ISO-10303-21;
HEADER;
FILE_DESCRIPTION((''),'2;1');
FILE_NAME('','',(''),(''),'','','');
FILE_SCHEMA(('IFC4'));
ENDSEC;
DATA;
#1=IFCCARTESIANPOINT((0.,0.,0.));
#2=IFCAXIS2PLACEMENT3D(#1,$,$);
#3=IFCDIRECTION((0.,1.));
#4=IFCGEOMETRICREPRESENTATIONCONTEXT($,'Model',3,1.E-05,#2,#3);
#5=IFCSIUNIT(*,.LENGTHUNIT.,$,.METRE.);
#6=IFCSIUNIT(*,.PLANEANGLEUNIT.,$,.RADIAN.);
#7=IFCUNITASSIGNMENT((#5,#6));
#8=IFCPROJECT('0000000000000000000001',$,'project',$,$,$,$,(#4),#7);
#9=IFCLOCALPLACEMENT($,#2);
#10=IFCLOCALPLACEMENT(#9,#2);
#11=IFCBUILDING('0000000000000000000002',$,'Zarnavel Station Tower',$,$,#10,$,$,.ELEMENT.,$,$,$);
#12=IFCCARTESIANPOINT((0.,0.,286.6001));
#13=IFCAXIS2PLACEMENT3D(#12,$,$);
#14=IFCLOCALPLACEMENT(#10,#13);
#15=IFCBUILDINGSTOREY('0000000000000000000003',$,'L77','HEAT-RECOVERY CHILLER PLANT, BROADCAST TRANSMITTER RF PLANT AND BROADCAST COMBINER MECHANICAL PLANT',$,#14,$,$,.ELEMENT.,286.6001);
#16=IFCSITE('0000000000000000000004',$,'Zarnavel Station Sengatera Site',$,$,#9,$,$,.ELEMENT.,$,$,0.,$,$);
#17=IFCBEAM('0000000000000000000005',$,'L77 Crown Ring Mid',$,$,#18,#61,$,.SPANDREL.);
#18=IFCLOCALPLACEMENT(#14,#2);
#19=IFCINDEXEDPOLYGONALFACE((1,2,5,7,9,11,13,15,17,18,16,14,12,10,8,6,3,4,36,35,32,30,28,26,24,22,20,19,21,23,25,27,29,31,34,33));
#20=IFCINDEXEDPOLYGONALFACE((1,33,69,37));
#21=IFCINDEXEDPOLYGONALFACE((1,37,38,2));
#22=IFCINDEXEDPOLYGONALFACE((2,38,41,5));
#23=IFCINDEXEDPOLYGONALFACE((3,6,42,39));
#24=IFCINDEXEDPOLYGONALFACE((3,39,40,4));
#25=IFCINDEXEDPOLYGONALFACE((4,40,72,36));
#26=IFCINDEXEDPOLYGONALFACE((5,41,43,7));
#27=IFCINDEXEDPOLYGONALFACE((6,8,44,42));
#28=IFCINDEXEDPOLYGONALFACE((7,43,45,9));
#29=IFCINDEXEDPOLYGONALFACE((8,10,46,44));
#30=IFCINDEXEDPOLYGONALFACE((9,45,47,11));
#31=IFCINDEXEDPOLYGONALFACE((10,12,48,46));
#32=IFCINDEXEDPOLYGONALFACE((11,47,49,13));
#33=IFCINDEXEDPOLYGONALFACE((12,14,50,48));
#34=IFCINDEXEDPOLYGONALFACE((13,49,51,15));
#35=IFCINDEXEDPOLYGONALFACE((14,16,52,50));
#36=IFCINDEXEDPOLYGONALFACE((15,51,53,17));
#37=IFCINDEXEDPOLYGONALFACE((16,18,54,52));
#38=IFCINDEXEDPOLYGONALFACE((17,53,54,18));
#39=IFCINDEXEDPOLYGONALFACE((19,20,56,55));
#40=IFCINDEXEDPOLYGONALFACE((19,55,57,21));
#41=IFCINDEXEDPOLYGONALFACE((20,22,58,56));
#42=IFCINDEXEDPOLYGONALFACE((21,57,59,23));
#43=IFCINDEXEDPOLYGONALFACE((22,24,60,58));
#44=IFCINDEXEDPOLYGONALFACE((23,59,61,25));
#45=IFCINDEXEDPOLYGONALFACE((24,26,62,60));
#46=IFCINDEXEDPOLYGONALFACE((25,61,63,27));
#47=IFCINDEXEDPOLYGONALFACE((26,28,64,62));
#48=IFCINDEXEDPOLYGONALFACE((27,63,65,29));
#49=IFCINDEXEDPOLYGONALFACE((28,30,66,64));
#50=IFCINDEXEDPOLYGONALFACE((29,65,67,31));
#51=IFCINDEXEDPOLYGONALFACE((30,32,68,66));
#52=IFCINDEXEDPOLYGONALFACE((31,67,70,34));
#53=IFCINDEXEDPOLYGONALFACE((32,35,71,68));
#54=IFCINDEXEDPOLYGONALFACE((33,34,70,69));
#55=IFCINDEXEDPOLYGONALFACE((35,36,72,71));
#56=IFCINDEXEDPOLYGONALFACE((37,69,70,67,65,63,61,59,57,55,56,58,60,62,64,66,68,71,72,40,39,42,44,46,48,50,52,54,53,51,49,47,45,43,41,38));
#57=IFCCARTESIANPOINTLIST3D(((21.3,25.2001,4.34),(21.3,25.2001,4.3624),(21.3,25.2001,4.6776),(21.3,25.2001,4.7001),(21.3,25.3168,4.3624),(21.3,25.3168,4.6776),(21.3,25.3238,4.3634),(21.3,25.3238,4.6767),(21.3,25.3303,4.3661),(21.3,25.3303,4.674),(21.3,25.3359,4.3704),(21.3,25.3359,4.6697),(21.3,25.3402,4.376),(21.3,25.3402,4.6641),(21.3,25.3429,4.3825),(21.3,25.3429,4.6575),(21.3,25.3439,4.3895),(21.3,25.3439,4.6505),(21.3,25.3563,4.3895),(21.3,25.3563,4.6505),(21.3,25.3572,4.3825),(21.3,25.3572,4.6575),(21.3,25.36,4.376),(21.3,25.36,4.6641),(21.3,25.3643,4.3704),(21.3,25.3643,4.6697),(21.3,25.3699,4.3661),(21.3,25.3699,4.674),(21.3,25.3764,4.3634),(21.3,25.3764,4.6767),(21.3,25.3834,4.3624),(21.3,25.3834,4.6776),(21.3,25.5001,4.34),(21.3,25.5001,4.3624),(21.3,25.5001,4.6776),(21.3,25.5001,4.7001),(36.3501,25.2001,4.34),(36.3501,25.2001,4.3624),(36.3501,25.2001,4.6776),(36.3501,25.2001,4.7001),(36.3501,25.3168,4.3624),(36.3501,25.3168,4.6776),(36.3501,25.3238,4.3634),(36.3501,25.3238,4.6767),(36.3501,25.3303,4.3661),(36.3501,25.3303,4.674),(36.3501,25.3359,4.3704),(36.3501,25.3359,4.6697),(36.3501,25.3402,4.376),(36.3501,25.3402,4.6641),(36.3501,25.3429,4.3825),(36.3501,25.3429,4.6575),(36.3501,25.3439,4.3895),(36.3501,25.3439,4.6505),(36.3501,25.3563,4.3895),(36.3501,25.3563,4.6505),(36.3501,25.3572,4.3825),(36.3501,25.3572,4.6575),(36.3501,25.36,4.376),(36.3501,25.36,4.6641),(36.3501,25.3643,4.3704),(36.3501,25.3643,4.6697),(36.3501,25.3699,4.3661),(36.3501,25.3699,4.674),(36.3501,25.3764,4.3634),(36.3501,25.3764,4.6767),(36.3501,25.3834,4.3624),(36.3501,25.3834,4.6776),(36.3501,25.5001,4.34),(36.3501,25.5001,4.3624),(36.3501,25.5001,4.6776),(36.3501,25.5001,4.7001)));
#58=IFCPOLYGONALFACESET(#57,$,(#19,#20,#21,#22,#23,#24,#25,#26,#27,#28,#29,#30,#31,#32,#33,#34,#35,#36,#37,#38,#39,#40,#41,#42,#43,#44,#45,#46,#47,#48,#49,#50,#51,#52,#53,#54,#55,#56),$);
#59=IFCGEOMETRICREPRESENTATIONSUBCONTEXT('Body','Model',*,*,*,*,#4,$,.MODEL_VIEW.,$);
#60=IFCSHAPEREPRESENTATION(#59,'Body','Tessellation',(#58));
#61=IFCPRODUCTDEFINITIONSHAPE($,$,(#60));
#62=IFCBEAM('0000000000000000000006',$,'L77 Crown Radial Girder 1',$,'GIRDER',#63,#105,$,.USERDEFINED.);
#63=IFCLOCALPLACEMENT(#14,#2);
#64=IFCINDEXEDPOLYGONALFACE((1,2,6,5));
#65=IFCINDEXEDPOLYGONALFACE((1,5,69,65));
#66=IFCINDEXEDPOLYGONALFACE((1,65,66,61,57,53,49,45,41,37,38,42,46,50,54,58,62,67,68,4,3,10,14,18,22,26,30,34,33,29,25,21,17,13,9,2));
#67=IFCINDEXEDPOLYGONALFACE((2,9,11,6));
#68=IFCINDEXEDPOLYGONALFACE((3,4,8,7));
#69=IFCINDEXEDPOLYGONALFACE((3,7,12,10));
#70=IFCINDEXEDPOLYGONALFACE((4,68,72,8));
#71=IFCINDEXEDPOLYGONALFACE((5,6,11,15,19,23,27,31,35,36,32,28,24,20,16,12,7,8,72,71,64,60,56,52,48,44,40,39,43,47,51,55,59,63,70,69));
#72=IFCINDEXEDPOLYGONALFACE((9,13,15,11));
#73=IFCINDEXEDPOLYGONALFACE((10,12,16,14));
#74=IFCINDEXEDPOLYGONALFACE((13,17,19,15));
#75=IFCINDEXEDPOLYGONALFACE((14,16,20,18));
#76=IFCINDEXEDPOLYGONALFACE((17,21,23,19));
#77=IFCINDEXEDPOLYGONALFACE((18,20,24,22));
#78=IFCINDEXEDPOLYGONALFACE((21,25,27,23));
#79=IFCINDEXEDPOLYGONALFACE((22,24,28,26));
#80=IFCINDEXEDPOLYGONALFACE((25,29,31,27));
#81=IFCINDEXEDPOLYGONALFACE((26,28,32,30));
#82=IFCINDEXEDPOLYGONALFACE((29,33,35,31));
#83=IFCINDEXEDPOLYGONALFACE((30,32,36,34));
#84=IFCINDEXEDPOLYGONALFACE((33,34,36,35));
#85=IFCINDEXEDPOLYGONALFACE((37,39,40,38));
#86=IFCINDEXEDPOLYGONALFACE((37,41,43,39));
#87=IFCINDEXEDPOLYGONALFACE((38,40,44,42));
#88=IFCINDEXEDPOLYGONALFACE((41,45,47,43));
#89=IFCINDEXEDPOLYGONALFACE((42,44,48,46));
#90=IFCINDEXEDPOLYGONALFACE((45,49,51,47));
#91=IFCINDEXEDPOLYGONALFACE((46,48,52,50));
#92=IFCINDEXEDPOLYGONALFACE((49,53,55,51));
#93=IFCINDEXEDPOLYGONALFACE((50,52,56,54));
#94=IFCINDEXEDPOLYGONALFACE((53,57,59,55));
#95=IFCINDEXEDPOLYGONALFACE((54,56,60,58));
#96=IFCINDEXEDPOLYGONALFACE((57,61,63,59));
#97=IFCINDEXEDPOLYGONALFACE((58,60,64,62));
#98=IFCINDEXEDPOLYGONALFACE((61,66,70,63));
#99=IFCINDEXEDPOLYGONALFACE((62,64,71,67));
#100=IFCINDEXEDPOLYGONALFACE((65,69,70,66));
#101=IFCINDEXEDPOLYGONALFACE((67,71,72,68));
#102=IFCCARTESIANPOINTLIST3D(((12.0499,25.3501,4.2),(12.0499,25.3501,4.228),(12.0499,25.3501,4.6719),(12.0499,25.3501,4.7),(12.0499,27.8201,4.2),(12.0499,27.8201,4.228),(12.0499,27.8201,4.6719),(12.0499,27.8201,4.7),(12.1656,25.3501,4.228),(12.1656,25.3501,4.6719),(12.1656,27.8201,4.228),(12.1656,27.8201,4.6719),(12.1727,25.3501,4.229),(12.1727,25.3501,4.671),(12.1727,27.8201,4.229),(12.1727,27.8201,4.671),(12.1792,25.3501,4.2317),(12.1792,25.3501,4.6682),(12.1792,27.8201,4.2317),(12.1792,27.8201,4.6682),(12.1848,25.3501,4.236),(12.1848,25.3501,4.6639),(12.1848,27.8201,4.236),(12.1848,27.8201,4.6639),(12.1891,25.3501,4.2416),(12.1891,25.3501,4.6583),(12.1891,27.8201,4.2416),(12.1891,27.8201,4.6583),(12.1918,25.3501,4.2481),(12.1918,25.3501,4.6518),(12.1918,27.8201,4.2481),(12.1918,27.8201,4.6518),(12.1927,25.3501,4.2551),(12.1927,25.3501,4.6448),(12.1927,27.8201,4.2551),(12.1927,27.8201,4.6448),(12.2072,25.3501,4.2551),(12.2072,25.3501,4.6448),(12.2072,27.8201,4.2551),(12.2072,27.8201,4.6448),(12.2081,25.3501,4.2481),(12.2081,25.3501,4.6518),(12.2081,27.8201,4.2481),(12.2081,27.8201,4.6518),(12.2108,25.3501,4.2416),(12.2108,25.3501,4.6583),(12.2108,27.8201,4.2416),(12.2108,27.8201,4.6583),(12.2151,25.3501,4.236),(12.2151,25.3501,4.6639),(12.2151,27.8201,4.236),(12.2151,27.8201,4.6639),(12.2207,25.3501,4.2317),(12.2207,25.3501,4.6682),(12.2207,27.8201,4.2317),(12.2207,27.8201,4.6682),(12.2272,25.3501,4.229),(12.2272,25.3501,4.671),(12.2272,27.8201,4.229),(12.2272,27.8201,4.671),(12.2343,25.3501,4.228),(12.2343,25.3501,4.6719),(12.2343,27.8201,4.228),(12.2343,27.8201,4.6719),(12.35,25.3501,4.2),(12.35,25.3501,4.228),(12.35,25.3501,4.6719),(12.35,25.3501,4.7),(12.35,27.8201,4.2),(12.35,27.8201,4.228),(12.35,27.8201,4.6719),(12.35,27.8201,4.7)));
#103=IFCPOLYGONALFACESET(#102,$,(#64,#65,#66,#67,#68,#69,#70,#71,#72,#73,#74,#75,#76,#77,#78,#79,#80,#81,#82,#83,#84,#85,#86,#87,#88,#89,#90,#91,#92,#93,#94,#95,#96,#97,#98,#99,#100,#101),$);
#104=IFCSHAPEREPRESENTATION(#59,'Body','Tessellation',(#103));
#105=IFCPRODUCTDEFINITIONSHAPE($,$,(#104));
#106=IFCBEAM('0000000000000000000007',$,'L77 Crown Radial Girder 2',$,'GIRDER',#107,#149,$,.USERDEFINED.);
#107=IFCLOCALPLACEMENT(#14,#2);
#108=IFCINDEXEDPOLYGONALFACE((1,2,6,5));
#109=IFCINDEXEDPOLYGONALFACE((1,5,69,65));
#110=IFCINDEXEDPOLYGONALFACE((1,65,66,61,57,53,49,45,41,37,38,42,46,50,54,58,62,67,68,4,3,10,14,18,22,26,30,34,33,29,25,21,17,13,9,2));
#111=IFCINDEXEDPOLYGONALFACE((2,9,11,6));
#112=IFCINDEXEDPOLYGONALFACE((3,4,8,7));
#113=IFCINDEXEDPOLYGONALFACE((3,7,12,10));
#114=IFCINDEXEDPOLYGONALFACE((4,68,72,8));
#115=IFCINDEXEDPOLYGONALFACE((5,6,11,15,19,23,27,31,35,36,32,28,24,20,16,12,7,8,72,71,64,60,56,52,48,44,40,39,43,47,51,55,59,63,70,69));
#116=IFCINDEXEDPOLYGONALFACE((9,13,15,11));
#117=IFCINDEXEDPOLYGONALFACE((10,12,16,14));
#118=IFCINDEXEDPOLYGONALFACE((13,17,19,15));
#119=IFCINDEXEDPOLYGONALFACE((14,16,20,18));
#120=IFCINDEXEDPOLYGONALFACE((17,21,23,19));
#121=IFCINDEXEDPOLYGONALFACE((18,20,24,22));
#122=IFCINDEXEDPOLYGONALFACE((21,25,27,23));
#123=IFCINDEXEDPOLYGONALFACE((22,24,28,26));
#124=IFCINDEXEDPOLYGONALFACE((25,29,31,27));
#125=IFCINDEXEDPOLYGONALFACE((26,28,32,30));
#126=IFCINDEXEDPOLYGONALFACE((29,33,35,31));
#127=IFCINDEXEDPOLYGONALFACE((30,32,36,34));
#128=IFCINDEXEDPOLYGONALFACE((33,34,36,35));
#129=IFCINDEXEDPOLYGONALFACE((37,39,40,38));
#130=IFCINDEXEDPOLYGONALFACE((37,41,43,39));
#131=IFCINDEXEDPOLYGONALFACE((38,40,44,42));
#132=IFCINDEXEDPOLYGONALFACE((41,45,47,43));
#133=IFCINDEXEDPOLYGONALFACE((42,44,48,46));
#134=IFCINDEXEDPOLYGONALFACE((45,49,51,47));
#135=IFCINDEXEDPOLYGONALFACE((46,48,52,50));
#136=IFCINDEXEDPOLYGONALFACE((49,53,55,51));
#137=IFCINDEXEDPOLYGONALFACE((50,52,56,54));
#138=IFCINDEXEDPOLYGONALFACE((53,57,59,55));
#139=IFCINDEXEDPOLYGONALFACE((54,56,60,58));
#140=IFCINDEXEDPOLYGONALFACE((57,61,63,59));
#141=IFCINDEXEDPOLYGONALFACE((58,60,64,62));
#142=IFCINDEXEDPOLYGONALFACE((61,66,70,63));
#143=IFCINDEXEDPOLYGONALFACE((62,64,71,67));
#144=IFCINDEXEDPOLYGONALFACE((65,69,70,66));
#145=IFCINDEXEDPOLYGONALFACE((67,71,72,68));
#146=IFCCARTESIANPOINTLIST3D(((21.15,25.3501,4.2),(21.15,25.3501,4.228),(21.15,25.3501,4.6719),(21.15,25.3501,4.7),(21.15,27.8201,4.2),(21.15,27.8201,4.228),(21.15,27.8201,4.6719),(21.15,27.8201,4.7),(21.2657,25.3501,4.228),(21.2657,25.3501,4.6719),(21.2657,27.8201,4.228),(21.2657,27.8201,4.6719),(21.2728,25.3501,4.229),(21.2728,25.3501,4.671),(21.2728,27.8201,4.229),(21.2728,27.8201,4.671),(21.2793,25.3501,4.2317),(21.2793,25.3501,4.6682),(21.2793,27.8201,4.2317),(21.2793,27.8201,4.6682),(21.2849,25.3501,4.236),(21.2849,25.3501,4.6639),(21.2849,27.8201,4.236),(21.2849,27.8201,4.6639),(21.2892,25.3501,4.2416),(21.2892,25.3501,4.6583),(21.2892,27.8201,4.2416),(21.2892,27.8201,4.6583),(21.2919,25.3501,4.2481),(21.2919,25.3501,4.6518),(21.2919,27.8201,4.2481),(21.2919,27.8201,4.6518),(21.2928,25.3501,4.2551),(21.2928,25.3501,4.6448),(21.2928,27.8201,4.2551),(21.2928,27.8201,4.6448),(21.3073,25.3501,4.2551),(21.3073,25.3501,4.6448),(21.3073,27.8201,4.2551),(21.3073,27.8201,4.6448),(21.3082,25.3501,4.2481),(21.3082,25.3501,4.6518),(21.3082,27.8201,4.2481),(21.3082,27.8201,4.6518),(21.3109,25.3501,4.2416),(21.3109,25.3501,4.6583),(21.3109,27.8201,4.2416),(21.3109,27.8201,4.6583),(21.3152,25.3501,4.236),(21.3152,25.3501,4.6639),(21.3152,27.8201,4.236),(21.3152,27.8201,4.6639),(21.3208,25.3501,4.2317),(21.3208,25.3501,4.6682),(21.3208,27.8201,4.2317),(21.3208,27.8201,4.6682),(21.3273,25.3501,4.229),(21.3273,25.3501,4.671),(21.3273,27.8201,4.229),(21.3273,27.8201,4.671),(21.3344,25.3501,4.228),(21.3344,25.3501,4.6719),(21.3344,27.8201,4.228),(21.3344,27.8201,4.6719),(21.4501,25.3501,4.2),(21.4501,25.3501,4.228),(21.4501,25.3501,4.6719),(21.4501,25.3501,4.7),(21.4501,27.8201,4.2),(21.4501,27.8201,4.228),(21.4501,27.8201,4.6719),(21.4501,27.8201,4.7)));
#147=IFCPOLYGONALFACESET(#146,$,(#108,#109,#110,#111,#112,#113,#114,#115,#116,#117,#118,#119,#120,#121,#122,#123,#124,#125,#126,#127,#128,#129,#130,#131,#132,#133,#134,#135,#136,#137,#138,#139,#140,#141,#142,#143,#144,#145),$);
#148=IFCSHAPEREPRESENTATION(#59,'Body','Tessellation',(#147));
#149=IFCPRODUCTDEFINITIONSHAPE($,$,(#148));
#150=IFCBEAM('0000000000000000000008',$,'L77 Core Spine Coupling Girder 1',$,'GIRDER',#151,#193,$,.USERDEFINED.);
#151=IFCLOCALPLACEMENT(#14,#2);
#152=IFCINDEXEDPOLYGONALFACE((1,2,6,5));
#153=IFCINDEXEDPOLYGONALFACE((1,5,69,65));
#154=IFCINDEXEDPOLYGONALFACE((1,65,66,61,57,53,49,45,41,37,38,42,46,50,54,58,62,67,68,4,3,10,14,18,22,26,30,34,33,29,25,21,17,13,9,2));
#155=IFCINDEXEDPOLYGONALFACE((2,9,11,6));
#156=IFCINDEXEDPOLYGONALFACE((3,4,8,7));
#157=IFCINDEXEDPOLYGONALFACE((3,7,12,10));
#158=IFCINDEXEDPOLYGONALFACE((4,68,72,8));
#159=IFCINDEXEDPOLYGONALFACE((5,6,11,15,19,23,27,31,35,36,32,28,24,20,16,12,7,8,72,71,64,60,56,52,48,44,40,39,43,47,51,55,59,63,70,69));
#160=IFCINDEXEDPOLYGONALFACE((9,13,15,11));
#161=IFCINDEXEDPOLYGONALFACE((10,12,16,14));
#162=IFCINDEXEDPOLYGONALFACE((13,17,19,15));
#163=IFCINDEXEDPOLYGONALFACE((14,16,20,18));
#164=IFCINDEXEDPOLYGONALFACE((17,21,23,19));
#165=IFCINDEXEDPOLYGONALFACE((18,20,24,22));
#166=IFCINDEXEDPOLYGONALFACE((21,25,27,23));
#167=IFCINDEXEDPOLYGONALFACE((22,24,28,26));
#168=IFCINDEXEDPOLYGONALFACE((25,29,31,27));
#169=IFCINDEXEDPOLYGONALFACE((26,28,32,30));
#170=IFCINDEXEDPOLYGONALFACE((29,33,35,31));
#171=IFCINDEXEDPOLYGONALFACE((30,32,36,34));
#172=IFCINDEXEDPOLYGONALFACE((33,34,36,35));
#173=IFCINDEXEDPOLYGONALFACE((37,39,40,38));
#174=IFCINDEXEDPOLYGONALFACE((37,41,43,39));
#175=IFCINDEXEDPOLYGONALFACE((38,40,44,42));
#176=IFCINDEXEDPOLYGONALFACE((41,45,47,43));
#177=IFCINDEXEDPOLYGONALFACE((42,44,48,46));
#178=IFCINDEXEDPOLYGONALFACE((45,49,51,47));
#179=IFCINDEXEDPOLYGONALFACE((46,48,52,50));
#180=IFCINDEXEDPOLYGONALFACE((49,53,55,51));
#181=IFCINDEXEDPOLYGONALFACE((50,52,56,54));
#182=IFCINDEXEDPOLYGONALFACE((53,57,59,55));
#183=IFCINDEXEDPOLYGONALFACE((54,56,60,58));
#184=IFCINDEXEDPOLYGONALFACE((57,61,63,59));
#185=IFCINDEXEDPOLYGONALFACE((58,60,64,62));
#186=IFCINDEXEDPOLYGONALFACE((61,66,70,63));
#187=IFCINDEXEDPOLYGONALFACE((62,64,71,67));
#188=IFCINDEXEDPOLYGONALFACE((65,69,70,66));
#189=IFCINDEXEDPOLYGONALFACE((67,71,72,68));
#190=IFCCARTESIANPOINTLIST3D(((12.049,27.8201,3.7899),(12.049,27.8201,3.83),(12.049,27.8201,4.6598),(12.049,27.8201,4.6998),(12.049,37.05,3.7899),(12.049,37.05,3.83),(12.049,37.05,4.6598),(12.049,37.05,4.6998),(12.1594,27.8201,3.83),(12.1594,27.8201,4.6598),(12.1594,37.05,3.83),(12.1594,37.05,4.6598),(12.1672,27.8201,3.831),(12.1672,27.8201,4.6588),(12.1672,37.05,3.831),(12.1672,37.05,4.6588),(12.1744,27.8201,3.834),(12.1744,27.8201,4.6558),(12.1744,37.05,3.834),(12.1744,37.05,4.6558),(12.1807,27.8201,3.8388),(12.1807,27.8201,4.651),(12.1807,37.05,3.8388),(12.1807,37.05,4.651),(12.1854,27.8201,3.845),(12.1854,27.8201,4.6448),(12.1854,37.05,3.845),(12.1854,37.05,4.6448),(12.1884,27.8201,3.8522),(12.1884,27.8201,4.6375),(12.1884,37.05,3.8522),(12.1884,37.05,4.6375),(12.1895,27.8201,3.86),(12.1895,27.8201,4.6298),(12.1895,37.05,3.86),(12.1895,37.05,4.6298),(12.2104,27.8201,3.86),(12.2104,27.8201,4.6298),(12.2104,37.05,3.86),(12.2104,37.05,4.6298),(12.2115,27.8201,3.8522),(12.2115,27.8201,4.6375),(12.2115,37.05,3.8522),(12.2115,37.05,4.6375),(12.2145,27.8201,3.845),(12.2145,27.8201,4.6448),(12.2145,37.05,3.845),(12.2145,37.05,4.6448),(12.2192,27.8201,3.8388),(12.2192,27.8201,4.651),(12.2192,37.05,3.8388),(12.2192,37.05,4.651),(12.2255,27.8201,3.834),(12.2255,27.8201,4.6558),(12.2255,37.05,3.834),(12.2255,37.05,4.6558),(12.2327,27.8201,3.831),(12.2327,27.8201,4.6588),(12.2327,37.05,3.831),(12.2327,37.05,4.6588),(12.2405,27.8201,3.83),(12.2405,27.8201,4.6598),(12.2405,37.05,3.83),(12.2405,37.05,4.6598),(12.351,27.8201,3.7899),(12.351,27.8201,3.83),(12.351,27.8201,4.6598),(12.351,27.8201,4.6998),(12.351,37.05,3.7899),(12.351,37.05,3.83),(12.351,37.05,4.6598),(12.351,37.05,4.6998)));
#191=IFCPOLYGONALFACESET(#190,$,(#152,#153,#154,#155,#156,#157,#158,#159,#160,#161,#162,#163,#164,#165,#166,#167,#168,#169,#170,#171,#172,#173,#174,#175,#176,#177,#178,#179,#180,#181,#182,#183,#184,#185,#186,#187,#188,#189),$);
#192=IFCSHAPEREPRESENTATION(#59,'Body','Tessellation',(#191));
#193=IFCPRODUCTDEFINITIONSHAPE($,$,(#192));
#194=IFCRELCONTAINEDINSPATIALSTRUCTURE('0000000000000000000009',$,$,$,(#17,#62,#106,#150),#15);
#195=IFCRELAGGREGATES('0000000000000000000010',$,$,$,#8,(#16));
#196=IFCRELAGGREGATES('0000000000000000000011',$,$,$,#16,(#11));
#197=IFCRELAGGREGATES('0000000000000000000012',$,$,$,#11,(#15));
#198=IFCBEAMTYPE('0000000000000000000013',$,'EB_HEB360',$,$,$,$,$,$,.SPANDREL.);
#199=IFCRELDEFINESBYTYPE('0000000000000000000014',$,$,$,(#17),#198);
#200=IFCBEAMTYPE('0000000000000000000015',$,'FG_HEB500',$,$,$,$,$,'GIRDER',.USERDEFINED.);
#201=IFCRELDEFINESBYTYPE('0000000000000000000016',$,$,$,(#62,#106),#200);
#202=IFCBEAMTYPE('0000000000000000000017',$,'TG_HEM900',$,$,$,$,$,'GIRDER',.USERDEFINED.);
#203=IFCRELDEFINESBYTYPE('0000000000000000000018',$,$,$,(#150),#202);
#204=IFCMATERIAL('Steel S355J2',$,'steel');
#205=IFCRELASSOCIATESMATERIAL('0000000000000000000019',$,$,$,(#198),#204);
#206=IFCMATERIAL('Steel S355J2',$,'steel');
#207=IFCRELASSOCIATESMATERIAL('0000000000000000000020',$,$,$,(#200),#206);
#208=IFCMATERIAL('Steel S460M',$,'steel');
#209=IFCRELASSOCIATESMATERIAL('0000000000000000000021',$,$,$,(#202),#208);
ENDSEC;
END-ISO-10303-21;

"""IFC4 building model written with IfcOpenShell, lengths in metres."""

from ifc_helpers import new_model, si_unit, direction, frame, origin, origin_2d, place, context, subcontext, project, spatial, i_section, extrude, material, material_profile, profile_set, type_object, element, save


model = new_model("IFC4")

# Units and contexts
model_context = context("Model", 3, precision=1e-05, world=origin(), true_north=direction((0.0, 1.0)))
body_context = subcontext(model_context, "Body", "Model", "MODEL_VIEW")
ifc_project = project(units=[si_unit("LENGTHUNIT", "METRE"), si_unit("PLANEANGLEUNIT", "RADIAN")], contexts=[model_context])

# Site, building, storey
site_placement = place(None, origin())
site = spatial("IfcSite", under=ifc_project, at=site_placement, Name="Zarnavel Station Sengatera Site", CompositionType="ELEMENT", RefElevation=0.0)
building_placement = place(site_placement, origin())
building = spatial("IfcBuilding", under=site, at=building_placement, Name="Zarnavel Station Tower", CompositionType="ELEMENT")
storey_placement = place(building_placement, frame((0.0, 0.0, 286.6001)))
storey = spatial("IfcBuildingStorey", under=building, at=storey_placement, Name="L77", Description="HEAT-RECOVERY CHILLER PLANT, BROADCAST TRANSMITTER RF PLANT AND BROADCAST COMBINER MECHANICAL PLANT", CompositionType="ELEMENT", Elevation=286.6001)

# Beams
ifc_material_1 = material(Name="Steel S355J2", Category="steel")
ifc_material_profile_1 = material_profile(ifc_material_1, i_section(OverallWidth=0.3, OverallDepth=0.3601, WebThickness=0.0125, FlangeThickness=0.0225, FilletRadius=0.0271, at=origin_2d()), Name="HEB360")
ifc_profile_set_1 = profile_set([ifc_material_profile_1], Name="Steel S355J2")
beam_type_1 = type_object("IfcBeamType", Name="EB_HEB360", PredefinedType="SPANDREL", material=ifc_profile_set_1)
beam_1_placement = place(storey_placement, frame((21.3, 25.3501, 4.52), z_axis=(1.0, 0.0, 0.0), x_axis=(0.0, 1.0, 0.0)))
element("IfcBeam", 1, at=beam_1_placement, inside=storey, type_object=beam_type_1, Name="L77 Crown Ring Mid", PredefinedType="SPANDREL", context=body_context, shape_type="SweptSolid", body=[
    extrude(i_section(OverallWidth=0.3, OverallDepth=0.3601, WebThickness=0.0125, FlangeThickness=0.0225, FilletRadius=0.0271, at=origin_2d()), origin(), (0.0, 0.0, 1.0), 15.05),
])
ifc_material_2 = material(Name="Steel S355J2", Category="steel")
ifc_material_profile_2 = material_profile(ifc_material_2, i_section(OverallWidth=0.3, OverallDepth=0.5, WebThickness=0.0144, FlangeThickness=0.0281, FilletRadius=0.0271, at=origin_2d()), Name="HEB500")
ifc_profile_set_2 = profile_set([ifc_material_profile_2], Name="Steel S355J2")
beam_type_2 = type_object("IfcBeamType", Name="FG_HEB500", ElementType="GIRDER", PredefinedType="USERDEFINED", material=ifc_profile_set_2)
for number, where, z_axis, x_axis, name in (
    (2, (12.2, 25.3501, 4.45), (0.0, 1.0, 0.0), (-1.0, 0.0, 0.0), "L77 Crown Radial Girder 1"),
    (3, (21.3, 25.3501, 4.45), (0.0, 1.0, 0.0), (-1.0, 0.0, 0.0), "L77 Crown Radial Girder 2"),
):
    element("IfcBeam", number, at=place(storey_placement, frame(where, z_axis=z_axis, x_axis=x_axis)), inside=storey, type_object=beam_type_2, Name=name, ObjectType="GIRDER", PredefinedType="USERDEFINED", context=body_context, shape_type="SweptSolid", body=[
        extrude(i_section(OverallWidth=0.3, OverallDepth=0.5, WebThickness=0.0144, FlangeThickness=0.0281, FilletRadius=0.0271, at=origin_2d()), origin(), (0.0, 0.0, 1.0), 2.47),
    ])
ifc_material_3 = material(Name="Steel S460M", Category="steel")
ifc_material_profile_3 = material_profile(ifc_material_3, i_section(OverallWidth=0.302, OverallDepth=0.9099, WebThickness=0.021, FlangeThickness=0.04, FilletRadius=0.03, at=origin_2d()), Name="HEM900")
ifc_profile_set_3 = profile_set([ifc_material_profile_3], Name="Steel S460M")
beam_type_3 = type_object("IfcBeamType", Name="TG_HEM900", ElementType="GIRDER", PredefinedType="USERDEFINED", material=ifc_profile_set_3)
beam_2_placement = place(storey_placement, frame((12.2, 27.8201, 4.2449), z_axis=(0.0, 1.0, 0.0), x_axis=(-1.0, 0.0, 0.0)))
element("IfcBeam", 4, at=beam_2_placement, inside=storey, type_object=beam_type_3, Name="L77 Core Spine Coupling Girder 1", ObjectType="GIRDER", PredefinedType="USERDEFINED", context=body_context, shape_type="SweptSolid", body=[
    extrude(i_section(OverallWidth=0.302, OverallDepth=0.9099, WebThickness=0.021, FlangeThickness=0.04, FilletRadius=0.03, at=origin_2d()), origin(), (0.0, 0.0, 1.0), 9.23),
])

save(model, "model.ifc")
